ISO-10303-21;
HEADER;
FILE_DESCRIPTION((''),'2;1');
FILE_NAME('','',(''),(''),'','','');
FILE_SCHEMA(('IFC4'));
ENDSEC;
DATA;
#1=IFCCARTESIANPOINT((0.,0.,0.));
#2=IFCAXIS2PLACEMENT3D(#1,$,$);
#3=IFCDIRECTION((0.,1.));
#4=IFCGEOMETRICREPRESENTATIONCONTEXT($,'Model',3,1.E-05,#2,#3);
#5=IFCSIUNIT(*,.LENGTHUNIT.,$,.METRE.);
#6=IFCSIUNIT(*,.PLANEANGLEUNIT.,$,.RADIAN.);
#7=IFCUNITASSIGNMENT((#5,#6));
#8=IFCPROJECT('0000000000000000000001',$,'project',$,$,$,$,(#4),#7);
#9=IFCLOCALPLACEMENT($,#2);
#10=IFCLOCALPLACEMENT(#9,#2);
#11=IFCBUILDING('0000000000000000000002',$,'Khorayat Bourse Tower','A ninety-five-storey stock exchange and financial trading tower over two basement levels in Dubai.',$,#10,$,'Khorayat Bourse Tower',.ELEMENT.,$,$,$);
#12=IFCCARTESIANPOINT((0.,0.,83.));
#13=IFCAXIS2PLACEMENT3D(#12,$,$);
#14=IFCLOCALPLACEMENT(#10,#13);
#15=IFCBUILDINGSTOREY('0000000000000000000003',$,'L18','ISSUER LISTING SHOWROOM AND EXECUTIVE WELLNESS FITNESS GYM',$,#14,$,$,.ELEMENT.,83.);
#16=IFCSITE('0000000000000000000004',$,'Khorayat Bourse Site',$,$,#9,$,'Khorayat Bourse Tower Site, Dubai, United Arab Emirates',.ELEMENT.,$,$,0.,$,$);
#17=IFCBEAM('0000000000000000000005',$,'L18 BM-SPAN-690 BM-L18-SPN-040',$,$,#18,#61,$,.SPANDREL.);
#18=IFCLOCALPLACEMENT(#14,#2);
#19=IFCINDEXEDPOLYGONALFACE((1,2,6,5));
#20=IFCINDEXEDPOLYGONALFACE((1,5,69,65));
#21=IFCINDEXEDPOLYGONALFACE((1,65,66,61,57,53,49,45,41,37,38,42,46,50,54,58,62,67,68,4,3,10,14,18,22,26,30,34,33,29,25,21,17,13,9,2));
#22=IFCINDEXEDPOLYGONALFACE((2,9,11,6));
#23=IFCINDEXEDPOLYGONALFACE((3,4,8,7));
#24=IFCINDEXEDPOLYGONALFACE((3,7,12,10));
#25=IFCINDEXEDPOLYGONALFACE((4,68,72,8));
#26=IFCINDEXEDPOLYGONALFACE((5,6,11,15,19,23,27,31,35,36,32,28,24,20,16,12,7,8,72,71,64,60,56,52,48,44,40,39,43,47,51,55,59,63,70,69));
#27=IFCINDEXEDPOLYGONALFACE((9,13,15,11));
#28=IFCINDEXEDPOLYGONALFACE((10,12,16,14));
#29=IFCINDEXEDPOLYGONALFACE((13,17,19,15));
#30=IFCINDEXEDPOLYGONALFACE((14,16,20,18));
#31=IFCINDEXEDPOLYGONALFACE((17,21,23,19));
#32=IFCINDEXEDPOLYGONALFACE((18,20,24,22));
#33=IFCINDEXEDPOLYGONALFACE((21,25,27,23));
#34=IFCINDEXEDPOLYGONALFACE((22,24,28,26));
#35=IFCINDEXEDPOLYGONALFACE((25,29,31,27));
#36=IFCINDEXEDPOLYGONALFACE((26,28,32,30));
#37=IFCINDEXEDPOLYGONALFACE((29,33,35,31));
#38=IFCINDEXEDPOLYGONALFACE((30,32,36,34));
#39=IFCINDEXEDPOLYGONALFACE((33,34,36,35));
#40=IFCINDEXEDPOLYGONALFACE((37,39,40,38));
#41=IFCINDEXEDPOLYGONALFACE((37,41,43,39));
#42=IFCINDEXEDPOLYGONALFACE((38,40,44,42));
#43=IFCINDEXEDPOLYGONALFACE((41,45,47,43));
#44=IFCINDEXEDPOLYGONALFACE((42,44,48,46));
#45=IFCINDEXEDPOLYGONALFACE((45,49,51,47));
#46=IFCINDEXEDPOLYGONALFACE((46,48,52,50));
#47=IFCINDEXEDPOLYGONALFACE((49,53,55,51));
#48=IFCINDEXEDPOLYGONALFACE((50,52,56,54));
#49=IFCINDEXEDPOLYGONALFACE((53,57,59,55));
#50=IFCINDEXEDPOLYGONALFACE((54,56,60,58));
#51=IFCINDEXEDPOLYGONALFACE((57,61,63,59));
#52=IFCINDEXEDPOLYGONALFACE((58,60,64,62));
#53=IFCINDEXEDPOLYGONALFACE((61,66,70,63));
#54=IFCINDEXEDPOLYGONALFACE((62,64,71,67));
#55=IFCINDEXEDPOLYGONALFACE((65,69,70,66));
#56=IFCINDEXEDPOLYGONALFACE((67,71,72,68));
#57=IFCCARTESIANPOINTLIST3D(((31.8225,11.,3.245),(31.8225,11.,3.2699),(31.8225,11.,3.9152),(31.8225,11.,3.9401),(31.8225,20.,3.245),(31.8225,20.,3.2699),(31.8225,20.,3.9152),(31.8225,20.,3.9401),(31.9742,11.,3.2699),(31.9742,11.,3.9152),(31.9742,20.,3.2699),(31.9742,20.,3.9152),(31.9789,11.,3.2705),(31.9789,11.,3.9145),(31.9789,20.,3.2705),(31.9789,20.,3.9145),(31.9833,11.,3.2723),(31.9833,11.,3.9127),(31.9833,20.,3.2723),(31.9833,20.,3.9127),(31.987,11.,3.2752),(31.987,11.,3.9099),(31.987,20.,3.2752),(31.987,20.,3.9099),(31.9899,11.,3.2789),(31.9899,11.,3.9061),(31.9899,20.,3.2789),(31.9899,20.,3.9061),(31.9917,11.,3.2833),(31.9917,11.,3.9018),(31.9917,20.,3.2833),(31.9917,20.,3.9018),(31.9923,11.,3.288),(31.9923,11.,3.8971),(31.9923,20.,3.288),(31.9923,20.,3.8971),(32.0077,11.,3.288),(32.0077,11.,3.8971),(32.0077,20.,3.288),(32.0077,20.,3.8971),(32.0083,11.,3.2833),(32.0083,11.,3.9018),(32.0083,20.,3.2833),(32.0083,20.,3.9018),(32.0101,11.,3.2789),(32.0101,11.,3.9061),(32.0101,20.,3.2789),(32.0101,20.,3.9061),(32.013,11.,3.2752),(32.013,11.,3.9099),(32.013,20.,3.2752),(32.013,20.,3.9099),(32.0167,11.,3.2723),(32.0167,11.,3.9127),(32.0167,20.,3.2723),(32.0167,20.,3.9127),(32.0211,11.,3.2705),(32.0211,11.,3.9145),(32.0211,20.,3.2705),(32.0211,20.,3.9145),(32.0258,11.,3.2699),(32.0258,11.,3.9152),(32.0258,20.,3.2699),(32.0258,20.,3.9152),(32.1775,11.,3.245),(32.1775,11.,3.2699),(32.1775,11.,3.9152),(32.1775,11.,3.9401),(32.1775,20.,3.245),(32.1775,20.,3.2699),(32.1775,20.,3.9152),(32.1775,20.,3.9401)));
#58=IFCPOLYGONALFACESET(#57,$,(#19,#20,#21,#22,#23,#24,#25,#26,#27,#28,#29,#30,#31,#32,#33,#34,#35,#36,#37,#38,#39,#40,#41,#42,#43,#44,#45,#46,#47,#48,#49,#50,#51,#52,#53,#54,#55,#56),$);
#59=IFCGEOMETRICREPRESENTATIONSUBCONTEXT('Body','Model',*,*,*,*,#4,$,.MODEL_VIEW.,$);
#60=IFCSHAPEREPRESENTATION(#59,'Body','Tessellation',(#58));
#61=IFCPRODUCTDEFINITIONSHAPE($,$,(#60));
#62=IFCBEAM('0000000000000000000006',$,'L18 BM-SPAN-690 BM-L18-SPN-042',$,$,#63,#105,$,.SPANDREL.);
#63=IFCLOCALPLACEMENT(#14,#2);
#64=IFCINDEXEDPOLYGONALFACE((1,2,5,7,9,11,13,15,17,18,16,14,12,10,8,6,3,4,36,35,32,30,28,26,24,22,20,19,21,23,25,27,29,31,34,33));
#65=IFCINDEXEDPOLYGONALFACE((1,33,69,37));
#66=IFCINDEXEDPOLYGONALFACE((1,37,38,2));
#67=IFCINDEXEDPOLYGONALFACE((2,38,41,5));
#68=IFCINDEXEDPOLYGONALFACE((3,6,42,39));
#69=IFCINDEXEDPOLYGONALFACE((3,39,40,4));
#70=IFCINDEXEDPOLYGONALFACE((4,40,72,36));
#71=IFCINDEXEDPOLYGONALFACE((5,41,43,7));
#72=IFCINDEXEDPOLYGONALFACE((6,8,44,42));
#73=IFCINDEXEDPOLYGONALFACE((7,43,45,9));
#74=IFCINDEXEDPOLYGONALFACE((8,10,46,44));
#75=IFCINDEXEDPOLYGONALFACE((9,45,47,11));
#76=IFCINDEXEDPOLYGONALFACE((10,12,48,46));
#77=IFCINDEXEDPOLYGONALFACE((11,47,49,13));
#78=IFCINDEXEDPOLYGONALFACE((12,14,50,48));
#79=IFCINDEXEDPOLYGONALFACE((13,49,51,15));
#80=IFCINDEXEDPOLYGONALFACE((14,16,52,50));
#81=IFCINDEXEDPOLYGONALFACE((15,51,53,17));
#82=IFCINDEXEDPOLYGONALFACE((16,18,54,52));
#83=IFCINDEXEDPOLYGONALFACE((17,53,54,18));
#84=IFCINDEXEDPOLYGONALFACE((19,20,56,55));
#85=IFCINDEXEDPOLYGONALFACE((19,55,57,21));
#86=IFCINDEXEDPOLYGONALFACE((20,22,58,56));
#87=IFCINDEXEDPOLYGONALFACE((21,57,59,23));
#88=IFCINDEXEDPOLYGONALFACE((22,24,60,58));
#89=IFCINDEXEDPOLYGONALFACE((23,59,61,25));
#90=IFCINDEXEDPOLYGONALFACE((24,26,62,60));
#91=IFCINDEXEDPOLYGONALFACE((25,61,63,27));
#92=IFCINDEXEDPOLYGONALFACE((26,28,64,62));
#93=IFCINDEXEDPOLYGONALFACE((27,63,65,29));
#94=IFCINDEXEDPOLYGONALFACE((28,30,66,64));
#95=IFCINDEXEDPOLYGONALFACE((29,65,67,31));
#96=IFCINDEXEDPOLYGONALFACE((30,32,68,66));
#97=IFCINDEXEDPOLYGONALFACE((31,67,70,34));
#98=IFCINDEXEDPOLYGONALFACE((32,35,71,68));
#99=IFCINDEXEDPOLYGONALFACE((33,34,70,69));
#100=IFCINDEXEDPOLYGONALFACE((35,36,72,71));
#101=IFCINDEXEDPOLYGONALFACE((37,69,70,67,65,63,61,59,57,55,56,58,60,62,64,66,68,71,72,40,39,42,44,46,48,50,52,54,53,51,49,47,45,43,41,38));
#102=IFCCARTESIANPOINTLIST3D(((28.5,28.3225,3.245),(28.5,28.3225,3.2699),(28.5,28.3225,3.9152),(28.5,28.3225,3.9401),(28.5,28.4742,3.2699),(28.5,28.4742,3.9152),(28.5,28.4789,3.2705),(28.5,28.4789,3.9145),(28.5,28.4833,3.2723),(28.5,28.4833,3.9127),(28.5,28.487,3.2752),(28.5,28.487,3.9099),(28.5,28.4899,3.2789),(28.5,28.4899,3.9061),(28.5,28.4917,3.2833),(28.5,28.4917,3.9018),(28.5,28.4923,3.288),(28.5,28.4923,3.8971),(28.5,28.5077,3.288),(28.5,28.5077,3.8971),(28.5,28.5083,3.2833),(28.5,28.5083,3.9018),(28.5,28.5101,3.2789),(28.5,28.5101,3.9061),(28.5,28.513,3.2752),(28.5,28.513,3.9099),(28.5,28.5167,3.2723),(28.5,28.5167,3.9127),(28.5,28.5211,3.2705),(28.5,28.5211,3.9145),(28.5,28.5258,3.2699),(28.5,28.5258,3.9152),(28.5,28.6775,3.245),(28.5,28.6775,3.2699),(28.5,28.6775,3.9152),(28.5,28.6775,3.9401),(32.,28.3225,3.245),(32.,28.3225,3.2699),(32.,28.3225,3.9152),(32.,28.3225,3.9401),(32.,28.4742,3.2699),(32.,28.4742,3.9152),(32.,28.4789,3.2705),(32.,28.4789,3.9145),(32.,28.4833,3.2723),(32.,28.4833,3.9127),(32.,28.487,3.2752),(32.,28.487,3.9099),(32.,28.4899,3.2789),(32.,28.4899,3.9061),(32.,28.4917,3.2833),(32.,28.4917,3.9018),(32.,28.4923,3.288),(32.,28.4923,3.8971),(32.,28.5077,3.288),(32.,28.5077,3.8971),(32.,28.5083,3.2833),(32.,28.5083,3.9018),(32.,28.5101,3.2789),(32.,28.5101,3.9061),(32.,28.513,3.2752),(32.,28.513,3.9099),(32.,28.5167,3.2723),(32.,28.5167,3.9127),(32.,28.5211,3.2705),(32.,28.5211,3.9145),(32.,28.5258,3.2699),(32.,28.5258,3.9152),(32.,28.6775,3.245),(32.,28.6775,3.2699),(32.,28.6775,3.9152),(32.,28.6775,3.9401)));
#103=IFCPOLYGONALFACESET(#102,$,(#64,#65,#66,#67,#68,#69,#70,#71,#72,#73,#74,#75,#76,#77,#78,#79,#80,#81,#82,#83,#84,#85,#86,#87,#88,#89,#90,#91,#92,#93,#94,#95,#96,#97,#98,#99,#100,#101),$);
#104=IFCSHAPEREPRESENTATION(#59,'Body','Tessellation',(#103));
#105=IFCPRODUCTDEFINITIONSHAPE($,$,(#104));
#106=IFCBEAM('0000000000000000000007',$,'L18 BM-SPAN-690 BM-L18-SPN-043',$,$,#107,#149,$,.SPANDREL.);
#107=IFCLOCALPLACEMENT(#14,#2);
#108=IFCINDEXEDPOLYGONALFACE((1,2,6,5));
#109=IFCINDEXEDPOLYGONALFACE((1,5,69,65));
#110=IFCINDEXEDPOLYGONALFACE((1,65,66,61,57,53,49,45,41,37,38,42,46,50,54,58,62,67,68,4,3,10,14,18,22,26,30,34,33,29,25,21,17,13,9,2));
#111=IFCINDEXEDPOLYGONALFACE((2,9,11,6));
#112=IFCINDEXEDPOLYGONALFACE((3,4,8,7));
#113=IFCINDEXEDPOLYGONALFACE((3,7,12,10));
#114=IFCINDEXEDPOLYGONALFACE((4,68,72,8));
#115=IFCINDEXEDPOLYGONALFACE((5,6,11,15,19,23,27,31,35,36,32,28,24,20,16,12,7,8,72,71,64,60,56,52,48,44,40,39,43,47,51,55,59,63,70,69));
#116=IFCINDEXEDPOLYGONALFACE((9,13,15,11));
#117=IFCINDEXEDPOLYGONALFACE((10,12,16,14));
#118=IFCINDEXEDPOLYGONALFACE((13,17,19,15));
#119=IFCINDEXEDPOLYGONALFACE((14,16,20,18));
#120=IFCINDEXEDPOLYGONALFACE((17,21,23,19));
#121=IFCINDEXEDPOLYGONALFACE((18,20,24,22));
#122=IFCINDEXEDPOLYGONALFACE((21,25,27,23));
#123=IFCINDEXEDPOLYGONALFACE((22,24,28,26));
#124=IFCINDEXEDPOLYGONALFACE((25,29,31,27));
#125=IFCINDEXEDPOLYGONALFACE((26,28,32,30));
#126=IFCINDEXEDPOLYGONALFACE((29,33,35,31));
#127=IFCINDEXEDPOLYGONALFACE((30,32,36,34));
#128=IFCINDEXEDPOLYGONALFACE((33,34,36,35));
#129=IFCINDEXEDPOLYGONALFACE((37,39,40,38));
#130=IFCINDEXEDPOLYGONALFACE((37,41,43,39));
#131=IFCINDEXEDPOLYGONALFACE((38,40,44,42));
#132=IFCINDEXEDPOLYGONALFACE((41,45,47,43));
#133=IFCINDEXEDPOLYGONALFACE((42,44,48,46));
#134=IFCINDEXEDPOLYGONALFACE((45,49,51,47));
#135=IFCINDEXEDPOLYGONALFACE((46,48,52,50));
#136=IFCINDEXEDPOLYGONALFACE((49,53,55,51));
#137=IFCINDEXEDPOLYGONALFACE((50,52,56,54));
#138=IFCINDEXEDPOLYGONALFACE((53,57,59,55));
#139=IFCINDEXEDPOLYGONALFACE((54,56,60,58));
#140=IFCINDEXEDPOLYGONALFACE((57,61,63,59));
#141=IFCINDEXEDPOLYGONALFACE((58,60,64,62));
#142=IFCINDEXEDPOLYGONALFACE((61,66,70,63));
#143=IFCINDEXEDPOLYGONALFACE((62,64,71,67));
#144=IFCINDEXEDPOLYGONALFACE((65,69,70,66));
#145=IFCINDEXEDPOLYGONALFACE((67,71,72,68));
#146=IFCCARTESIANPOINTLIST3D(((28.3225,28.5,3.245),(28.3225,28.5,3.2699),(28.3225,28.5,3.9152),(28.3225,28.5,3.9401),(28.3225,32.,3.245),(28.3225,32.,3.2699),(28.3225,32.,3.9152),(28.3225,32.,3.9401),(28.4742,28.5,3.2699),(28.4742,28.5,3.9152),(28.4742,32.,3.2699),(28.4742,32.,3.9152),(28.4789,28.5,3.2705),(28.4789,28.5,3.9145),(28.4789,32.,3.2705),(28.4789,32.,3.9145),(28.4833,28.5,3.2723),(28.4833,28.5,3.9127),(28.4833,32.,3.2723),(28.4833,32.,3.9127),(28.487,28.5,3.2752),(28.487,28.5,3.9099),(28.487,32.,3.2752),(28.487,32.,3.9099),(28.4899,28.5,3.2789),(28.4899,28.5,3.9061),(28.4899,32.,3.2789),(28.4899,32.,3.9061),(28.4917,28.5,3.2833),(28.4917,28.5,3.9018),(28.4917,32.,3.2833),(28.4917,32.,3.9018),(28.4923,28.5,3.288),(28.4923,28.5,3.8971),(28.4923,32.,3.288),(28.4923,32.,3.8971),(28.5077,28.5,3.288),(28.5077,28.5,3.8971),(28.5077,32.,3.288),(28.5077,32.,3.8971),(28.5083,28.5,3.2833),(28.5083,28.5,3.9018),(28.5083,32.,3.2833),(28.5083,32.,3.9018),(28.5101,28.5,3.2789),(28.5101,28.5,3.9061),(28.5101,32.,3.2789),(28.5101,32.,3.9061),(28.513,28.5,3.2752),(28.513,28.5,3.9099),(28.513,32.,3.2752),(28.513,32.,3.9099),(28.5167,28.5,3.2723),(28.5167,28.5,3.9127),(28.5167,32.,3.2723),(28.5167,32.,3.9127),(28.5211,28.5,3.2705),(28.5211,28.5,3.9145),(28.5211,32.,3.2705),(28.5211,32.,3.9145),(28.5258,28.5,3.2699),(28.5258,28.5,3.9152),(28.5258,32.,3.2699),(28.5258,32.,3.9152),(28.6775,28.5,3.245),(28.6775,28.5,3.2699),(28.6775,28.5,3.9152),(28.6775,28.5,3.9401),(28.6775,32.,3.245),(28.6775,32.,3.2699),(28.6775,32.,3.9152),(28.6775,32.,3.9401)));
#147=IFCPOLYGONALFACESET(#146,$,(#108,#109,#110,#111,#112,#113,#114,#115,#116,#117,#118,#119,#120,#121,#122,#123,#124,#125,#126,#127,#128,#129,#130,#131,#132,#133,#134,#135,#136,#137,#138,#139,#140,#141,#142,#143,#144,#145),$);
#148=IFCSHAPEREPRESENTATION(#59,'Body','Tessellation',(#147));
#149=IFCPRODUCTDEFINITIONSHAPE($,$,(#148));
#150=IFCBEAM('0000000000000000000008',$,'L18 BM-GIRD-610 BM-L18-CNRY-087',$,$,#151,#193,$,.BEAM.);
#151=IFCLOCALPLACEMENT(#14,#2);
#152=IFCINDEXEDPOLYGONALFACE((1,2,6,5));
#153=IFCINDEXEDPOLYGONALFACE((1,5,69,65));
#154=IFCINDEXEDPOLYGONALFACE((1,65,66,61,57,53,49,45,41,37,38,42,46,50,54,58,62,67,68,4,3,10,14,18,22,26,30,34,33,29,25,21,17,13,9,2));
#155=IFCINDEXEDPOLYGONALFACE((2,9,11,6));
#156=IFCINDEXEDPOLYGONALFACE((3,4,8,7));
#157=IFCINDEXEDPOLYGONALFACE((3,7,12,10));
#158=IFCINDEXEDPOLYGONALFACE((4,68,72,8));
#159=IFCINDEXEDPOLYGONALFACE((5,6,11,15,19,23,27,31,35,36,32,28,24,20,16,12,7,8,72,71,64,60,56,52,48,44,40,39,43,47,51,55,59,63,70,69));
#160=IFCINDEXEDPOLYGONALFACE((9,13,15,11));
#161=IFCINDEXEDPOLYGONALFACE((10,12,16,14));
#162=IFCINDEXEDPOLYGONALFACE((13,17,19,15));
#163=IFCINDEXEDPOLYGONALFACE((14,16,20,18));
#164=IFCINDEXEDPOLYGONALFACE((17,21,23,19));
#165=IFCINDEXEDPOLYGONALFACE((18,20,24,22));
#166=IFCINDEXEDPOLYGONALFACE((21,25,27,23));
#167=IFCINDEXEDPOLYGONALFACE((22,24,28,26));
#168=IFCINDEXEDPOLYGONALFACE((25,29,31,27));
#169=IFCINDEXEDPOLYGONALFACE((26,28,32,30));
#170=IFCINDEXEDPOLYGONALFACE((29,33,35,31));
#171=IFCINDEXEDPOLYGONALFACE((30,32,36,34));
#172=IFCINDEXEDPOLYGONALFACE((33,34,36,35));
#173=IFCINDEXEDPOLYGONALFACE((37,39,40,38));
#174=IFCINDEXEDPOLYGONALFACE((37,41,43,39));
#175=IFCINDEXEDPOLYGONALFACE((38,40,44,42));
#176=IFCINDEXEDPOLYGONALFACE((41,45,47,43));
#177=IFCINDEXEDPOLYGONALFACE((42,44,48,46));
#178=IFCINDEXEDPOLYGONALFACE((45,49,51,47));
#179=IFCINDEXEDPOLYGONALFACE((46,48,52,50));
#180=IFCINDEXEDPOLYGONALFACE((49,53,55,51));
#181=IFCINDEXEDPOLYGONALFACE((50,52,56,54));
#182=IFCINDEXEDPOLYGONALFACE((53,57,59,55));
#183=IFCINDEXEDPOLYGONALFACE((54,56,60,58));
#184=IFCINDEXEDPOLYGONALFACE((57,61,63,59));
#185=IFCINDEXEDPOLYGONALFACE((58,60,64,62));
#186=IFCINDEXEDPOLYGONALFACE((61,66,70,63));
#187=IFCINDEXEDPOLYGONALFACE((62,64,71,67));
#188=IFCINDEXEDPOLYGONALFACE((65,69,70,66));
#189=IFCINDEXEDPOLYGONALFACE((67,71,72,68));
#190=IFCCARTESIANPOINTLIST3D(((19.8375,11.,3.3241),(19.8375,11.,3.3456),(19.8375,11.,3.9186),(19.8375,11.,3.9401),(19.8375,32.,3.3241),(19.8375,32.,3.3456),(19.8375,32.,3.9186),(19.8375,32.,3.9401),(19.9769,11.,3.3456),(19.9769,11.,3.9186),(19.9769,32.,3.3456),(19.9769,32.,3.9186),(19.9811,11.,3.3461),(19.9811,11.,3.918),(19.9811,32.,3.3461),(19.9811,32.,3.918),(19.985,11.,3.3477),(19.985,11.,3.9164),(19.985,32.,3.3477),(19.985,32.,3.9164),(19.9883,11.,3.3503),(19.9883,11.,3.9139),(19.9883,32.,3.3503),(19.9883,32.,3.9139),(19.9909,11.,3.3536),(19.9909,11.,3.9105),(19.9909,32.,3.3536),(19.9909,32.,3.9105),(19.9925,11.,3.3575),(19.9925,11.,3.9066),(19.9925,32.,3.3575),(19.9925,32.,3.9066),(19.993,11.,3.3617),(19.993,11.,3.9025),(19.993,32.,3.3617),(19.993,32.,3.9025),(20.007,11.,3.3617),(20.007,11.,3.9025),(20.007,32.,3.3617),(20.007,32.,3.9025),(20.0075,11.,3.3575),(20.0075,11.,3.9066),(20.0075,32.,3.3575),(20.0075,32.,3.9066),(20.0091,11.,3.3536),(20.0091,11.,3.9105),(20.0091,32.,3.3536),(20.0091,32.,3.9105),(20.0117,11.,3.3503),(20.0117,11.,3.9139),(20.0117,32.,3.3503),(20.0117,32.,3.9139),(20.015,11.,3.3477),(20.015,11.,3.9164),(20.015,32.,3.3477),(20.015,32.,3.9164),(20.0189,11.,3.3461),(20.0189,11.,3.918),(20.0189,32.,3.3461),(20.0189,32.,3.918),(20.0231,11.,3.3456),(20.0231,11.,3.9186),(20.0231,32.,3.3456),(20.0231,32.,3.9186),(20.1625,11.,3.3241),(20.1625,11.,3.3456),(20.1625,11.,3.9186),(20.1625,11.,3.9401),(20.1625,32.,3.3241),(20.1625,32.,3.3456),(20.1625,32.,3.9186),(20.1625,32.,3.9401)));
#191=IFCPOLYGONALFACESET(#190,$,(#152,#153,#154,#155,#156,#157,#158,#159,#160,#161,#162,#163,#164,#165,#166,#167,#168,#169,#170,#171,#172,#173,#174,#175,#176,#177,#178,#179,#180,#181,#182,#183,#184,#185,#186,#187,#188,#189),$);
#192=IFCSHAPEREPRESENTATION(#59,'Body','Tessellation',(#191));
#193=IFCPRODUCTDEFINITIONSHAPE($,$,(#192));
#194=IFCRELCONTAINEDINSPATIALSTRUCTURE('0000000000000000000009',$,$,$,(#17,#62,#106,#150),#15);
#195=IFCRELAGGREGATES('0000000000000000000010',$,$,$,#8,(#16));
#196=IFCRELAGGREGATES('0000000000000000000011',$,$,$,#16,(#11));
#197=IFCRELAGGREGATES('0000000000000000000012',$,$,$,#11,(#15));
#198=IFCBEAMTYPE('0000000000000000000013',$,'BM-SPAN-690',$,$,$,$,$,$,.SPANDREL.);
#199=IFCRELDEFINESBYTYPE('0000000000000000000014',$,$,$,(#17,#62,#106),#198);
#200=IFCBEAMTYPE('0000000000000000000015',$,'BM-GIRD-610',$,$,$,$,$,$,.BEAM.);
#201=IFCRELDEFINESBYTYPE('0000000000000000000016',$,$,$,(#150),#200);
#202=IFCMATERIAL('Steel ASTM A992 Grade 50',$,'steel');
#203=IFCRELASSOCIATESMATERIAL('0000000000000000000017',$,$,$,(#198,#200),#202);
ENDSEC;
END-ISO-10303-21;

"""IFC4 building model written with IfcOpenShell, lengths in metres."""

from ifc_helpers import new_model, si_unit, direction, frame, origin, origin_2d, place, context, subcontext, project, spatial, i_section, extrude, source, transform, mapped, material, material_profile, profile_set, type_object, element, save


model = new_model("IFC4")

# Units and contexts
model_context = context("Model", 3, precision=1e-05, world=origin(), true_north=direction((0.0, 1.0)))
body_context = subcontext(model_context, "Body", "Model", "MODEL_VIEW")
ifc_project = project(units=[si_unit("LENGTHUNIT", "METRE"), si_unit("PLANEANGLEUNIT", "RADIAN")], contexts=[model_context])

# Site, building, storey
site_placement = place(None, origin())
site = spatial("IfcSite", under=ifc_project, at=site_placement, Name="Khorayat Bourse Site", LongName="Khorayat Bourse Tower Site, Dubai, United Arab Emirates", CompositionType="ELEMENT", RefElevation=0.0)
building_placement = place(site_placement, origin())
building = spatial("IfcBuilding", under=site, at=building_placement, Name="Khorayat Bourse Tower", Description="A ninety-five-storey stock exchange and financial trading tower over two basement levels in Dubai.", LongName="Khorayat Bourse Tower", CompositionType="ELEMENT")
storey_placement = place(building_placement, frame((0.0, 0.0, 83.0)))
storey = spatial("IfcBuildingStorey", under=building, at=storey_placement, Name="L18", Description="ISSUER LISTING SHOWROOM AND EXECUTIVE WELLNESS FITNESS GYM", CompositionType="ELEMENT", Elevation=83.0)

# Beams
ifc_material_1 = material(Name="Steel ASTM A992 Grade 50", Category="steel")
ifc_material_profile_1 = material_profile(ifc_material_1, i_section(OverallWidth=0.355, OverallDepth=0.6951, WebThickness=0.0154, FlangeThickness=0.0249, FilletRadius=0.0181, at=origin_2d()), Name="W690X217")
ifc_profile_set_1 = profile_set([ifc_material_profile_1], Name="Steel ASTM A992 Grade 50")
beam_type_1 = type_object("IfcBeamType", Name="BM-SPAN-690", PredefinedType="SPANDREL", material=ifc_profile_set_1)
shared_shape_1 = source(origin(), body_context, "Body", "SweptSolid", [
    extrude(i_section(OverallWidth=0.355, OverallDepth=0.6951, WebThickness=0.0154, FlangeThickness=0.0249, FilletRadius=0.0181, at=origin_2d()), origin(), (0.0, 0.0, 1.0), 9.0),
])
beam_1_placement = place(storey_placement, frame((32.0, 11.0, 3.5925), z_axis=(0.0, 1.0, 0.0), x_axis=(-1.0, 0.0, 0.0)))
element("IfcBeam", 1, at=beam_1_placement, inside=storey, type_object=beam_type_1, Name="L18 BM-SPAN-690 BM-L18-SPN-040", PredefinedType="SPANDREL", context=body_context, shape_type="MappedRepresentation", body=[
    mapped(shared_shape_1, transform((0.0, 0.0, 0.0), scale=1.0)),
])
shared_shape_2 = source(origin(), body_context, "Body", "SweptSolid", [
    extrude(i_section(OverallWidth=0.355, OverallDepth=0.6951, WebThickness=0.0154, FlangeThickness=0.0249, FilletRadius=0.0181, at=origin_2d()), origin(), (0.0, 0.0, 1.0), 3.5),
])
for number, where, z_axis, x_axis, name in (
    (2, (28.5, 28.5, 3.5925), (1.0, 0.0, 0.0), (0.0, 1.0, 0.0), "L18 BM-SPAN-690 BM-L18-SPN-042"),
    (3, (28.5, 28.5, 3.5925), (0.0, 1.0, 0.0), (-1.0, 0.0, 0.0), "L18 BM-SPAN-690 BM-L18-SPN-043"),
):
    element("IfcBeam", number, at=place(storey_placement, frame(where, z_axis=z_axis, x_axis=x_axis)), inside=storey, type_object=beam_type_1, Name=name, PredefinedType="SPANDREL", context=body_context, shape_type="MappedRepresentation", body=[
        mapped(shared_shape_2, transform((0.0, 0.0, 0.0), scale=1.0)),
    ])
ifc_material_profile_2 = material_profile(ifc_material_1, i_section(OverallWidth=0.325, OverallDepth=0.616, WebThickness=0.0139, FlangeThickness=0.0215, FilletRadius=0.0161, at=origin_2d()), Name="W610X174")
ifc_profile_set_2 = profile_set([ifc_material_profile_2], Name="Steel ASTM A992 Grade 50")
beam_type_2 = type_object("IfcBeamType", Name="BM-GIRD-610", PredefinedType="BEAM", material=ifc_profile_set_2)
shared_shape_3 = source(origin(), body_context, "Body", "SweptSolid", [
    extrude(i_section(OverallWidth=0.325, OverallDepth=0.616, WebThickness=0.0139, FlangeThickness=0.0215, FilletRadius=0.0161, at=origin_2d()), origin(), (0.0, 0.0, 1.0), 21.0),
])
beam_2_placement = place(storey_placement, frame((20.0, 11.0, 3.6321), z_axis=(0.0, 1.0, 0.0), x_axis=(-1.0, 0.0, 0.0)))
element("IfcBeam", 4, at=beam_2_placement, inside=storey, type_object=beam_type_2, Name="L18 BM-GIRD-610 BM-L18-CNRY-087", PredefinedType="BEAM", context=body_context, shape_type="MappedRepresentation", body=[
    mapped(shared_shape_3, transform((0.0, 0.0, 0.0), scale=1.0)),
])

save(model, "model.ifc")
